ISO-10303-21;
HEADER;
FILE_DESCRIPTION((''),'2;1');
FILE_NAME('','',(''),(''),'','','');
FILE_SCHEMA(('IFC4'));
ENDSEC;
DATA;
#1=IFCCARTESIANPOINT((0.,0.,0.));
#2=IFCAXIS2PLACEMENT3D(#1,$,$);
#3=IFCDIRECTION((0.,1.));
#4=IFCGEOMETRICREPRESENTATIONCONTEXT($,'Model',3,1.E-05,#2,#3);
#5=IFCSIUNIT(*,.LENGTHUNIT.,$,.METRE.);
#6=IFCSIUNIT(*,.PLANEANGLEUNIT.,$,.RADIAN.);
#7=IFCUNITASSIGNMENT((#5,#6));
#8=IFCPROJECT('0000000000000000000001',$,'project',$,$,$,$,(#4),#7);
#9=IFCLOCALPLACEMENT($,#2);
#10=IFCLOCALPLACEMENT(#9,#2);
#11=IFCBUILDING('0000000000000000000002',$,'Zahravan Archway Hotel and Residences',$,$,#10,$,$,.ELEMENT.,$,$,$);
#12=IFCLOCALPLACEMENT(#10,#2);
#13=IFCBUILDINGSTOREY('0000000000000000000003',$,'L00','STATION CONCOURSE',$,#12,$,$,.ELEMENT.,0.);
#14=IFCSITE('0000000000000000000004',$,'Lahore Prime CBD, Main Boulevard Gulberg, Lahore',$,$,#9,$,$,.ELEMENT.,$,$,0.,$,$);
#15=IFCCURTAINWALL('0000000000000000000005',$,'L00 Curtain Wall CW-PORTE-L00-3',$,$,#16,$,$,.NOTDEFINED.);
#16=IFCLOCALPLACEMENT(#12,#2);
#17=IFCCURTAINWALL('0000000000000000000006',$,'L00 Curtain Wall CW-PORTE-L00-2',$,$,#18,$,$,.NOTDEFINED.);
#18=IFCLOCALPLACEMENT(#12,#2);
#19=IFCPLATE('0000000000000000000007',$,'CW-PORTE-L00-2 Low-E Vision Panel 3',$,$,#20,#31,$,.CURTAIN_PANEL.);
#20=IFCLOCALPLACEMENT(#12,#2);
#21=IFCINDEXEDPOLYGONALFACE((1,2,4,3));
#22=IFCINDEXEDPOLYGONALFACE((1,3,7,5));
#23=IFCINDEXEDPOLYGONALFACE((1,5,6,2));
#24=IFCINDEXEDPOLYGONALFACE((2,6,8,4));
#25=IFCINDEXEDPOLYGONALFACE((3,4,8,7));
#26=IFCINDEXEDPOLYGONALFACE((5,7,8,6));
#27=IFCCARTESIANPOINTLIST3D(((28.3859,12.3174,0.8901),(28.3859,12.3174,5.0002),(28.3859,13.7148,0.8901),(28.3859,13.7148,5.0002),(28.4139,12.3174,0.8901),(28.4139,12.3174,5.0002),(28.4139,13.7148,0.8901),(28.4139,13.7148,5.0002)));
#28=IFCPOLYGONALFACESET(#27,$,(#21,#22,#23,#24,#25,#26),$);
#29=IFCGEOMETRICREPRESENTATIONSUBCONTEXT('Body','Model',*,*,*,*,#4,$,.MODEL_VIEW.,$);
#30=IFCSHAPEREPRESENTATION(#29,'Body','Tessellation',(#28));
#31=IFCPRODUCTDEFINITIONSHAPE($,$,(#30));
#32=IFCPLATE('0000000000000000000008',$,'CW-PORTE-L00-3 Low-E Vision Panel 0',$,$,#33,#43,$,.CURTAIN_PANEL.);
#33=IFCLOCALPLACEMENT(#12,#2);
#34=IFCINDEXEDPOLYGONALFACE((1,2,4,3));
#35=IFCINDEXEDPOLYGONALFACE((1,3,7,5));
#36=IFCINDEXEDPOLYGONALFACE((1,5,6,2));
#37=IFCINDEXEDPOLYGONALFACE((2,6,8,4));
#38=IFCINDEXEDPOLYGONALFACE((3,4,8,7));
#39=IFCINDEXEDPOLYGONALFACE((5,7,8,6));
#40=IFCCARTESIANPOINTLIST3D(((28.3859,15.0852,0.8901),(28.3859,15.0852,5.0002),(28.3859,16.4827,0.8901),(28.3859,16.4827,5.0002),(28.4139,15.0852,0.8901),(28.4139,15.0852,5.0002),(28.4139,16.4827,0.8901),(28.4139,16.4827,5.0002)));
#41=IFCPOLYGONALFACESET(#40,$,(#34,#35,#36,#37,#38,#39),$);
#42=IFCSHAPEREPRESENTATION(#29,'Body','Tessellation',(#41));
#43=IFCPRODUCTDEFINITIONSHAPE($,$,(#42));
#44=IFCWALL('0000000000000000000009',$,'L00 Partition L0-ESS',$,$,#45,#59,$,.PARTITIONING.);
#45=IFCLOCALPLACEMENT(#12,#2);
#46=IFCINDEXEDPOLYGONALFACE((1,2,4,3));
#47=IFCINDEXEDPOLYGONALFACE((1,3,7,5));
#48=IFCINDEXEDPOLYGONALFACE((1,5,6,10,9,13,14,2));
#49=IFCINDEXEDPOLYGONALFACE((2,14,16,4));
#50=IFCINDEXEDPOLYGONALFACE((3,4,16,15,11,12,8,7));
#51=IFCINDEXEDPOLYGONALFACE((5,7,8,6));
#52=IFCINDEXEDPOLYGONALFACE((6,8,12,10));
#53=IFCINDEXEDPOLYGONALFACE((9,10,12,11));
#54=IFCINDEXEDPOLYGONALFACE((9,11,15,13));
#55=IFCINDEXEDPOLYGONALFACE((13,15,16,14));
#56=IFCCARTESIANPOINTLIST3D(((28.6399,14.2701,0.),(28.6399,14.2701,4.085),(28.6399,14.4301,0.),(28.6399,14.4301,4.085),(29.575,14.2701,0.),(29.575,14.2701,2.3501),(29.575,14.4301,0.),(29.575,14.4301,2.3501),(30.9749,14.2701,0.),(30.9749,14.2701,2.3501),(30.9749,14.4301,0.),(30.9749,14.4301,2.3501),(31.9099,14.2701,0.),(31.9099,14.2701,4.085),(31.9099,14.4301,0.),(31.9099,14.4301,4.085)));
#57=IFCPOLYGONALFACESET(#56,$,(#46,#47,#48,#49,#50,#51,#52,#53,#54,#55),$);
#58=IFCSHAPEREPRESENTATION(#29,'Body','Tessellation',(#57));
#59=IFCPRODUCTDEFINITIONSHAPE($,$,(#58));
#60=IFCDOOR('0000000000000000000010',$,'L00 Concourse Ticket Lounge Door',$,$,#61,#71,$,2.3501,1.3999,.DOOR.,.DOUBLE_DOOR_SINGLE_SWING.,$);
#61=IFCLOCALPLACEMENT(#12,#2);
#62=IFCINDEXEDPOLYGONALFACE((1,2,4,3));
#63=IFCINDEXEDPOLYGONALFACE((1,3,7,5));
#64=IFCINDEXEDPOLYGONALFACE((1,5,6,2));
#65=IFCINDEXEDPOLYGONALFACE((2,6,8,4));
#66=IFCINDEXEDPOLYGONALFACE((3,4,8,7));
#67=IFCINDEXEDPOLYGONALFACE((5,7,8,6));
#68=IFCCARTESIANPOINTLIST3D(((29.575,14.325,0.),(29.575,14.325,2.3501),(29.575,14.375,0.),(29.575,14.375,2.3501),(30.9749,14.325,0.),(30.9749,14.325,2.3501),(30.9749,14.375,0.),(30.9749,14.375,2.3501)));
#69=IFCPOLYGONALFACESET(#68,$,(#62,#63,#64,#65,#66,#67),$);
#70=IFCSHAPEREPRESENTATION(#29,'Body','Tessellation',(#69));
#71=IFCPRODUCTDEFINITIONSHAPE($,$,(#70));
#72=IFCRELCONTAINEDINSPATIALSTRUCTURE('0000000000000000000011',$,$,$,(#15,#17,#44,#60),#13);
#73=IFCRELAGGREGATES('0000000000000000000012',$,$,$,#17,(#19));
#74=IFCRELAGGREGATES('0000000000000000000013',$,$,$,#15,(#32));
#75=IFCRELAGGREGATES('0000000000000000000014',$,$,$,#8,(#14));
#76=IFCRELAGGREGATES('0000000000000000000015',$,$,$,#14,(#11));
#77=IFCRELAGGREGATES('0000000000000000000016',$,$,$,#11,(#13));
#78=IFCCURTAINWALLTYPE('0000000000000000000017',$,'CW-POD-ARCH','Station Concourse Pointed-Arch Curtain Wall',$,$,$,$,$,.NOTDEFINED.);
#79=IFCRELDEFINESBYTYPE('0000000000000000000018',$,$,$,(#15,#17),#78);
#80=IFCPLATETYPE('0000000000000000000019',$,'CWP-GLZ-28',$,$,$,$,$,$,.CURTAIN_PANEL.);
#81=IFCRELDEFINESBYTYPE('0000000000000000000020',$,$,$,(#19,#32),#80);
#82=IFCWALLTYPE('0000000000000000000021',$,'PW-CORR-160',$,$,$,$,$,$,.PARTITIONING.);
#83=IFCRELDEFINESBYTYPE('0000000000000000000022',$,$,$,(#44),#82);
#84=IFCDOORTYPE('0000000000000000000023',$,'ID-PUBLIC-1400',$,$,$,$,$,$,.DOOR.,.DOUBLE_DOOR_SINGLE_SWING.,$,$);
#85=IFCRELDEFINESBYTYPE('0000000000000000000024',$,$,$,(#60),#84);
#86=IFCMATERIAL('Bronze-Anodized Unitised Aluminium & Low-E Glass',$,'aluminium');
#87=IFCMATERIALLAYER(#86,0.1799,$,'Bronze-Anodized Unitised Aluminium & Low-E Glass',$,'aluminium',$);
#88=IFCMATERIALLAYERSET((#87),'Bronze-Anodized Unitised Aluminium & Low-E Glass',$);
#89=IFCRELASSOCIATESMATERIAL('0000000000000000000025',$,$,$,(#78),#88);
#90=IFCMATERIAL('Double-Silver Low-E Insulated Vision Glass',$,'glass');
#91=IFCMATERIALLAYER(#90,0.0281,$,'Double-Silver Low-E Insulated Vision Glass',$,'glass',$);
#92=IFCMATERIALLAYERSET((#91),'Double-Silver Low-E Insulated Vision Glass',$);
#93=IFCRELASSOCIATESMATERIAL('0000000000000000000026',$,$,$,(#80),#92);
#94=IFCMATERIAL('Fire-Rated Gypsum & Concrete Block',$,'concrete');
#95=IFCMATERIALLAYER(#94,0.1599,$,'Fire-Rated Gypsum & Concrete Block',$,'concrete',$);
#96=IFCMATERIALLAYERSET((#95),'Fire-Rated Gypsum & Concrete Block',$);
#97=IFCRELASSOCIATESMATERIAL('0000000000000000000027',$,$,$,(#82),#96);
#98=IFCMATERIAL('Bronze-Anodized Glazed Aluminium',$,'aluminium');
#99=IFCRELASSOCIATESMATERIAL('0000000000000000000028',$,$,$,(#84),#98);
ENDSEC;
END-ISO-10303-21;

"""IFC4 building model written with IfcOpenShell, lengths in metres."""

from ifc_helpers import new_model, si_unit, direction, frame, frame_2d, origin, origin_2d, place, context, subcontext, project, spatial, rectangle, extrude, source, transform, mapped, material, layer, layer_set, type_object, type_shapes, element, fill, aggregate, save


model = new_model("IFC4")

# Units and contexts
model_context = context("Model", 3, precision=1e-05, world=origin(), true_north=direction((0.0, 1.0)))
body_context = subcontext(model_context, "Body", "Model", "MODEL_VIEW")
ifc_project = project(units=[si_unit("LENGTHUNIT", "METRE"), si_unit("PLANEANGLEUNIT", "RADIAN")], contexts=[model_context])

# Site, building, storey
site_placement = place(None, origin())
site = spatial("IfcSite", under=ifc_project, at=site_placement, Name="Lahore Prime CBD, Main Boulevard Gulberg, Lahore", CompositionType="ELEMENT", RefElevation=0.0)
building_placement = place(site_placement, origin())
building = spatial("IfcBuilding", under=site, at=building_placement, Name="Zahravan Archway Hotel and Residences", CompositionType="ELEMENT")
storey_placement = place(building_placement, origin())
storey = spatial("IfcBuildingStorey", under=building, at=storey_placement, Name="L00", Description="STATION CONCOURSE", CompositionType="ELEMENT", Elevation=0.0)

# Curtain wall
ifc_material_1 = material(Name="Bronze-Anodized Unitised Aluminium & Low-E Glass", Category="aluminium")
ifc_layer_1 = layer(ifc_material_1, 0.1799, Name="Bronze-Anodized Unitised Aluminium & Low-E Glass", Category="aluminium")
ifc_layer_set_1 = layer_set([ifc_layer_1], Name="Bronze-Anodized Unitised Aluminium & Low-E Glass")
curtain_wall_type = type_object("IfcCurtainWallType", Name="CW-POD-ARCH", Description="Station Concourse Pointed-Arch Curtain Wall", PredefinedType="NOTDEFINED", material=ifc_layer_set_1)
curtain_wall_1_placement = place(storey_placement, origin())
curtain_wall_1 = element("IfcCurtainWall", 1, at=curtain_wall_1_placement, inside=storey, type_object=curtain_wall_type, Name="L00 Curtain Wall CW-PORTE-L00-3", PredefinedType="NOTDEFINED")

# Curtain wall
curtain_wall_2_placement = place(storey_placement, origin())
curtain_wall_2 = element("IfcCurtainWall", 2, at=curtain_wall_2_placement, inside=storey, type_object=curtain_wall_type, Name="L00 Curtain Wall CW-PORTE-L00-2", PredefinedType="NOTDEFINED")

# Plates
ifc_material_2 = material(Name="Double-Silver Low-E Insulated Vision Glass", Category="glass")
ifc_layer_2 = layer(ifc_material_2, 0.0281, Name="Double-Silver Low-E Insulated Vision Glass", Category="glass")
ifc_layer_set_2 = layer_set([ifc_layer_2], Name="Double-Silver Low-E Insulated Vision Glass")
plate_type_1 = type_object("IfcPlateType", Name="CWP-GLZ-28", PredefinedType="CURTAIN_PANEL", material=ifc_layer_set_2)
shared_shape_1 = source(origin(), body_context, "Body", "SweptSolid", [
    extrude(rectangle(XDim=1.3975, YDim=0.0281, at=origin_2d()), origin(), (0.0, 0.0, 1.0), 4.1101),
])
plate_1_placement = place(storey_placement, frame((28.3999, 13.0161, 0.8901), z_axis=(0.0, 0.0, 1.0), x_axis=(0.0, 1.0, 0.0)))
plate_1 = element("IfcPlate", 3, at=plate_1_placement, type_object=plate_type_1, Name="CW-PORTE-L00-2 Low-E Vision Panel 3", PredefinedType="CURTAIN_PANEL", context=body_context, shape_type="MappedRepresentation", body=[
    mapped(shared_shape_1, transform((0.0, 0.0, 0.0), scale=1.0)),
])
aggregate(curtain_wall_2, [plate_1])
plate_2_placement = place(storey_placement, frame((28.3999, 15.7839, 0.8901), z_axis=(0.0, 0.0, 1.0), x_axis=(0.0, 1.0, 0.0)))
plate_2 = element("IfcPlate", 4, at=plate_2_placement, type_object=plate_type_1, Name="CW-PORTE-L00-3 Low-E Vision Panel 0", PredefinedType="CURTAIN_PANEL", context=body_context, shape_type="MappedRepresentation", body=[
    mapped(shared_shape_1, transform((0.0, 0.0, 0.0), scale=1.0)),
])
aggregate(curtain_wall_1, [plate_2])

# Wall, opening, door
ifc_material_3 = material(Name="Fire-Rated Gypsum & Concrete Block", Category="concrete")
ifc_layer_3 = layer(ifc_material_3, 0.1599, Name="Fire-Rated Gypsum & Concrete Block", Category="concrete")
ifc_layer_set_3 = layer_set([ifc_layer_3], Name="Fire-Rated Gypsum & Concrete Block")
wall_type = type_object("IfcWallType", Name="PW-CORR-160", PredefinedType="PARTITIONING", material=ifc_layer_set_3)
wall_placement = place(storey_placement, frame((28.6399, 14.3501, 0.0), z_axis=(0.0, 0.0, 1.0), x_axis=(1.0, 0.0, 0.0)))
wall = element("IfcWall", 5, at=wall_placement, inside=storey, type_object=wall_type, Name="L00 Partition L0-ESS", PredefinedType="PARTITIONING", context=body_context, shape_type="SweptSolid", body=[
    extrude(rectangle(XDim=3.27, YDim=0.1599, at=frame_2d((1.635, 0.0))), origin(), (0.0, 0.0, 1.0), 4.085),
])
opening_placement = place(wall_placement, frame((0.9351, 0.0, 0.0)))
opening = element("IfcOpeningElement", 6, at=opening_placement, cuts=wall, PredefinedType="OPENING", context=body_context, shape_type="SweptSolid", body=[
    extrude(rectangle(XDim=1.3999, YDim=2.3501, at=frame_2d((0.7, 1.175))), frame((0.0, 0.0898, 0.0), z_axis=(0.0, -1.0, 0.0), x_axis=(1.0, 0.0, 0.0)), (0.0, 0.0, 1.0), 0.1799),
])
ifc_material_4 = material(Name="Bronze-Anodized Glazed Aluminium", Category="aluminium")
door_type = type_object("IfcDoorType", Name="ID-PUBLIC-1400", OperationType="DOUBLE_DOOR_SINGLE_SWING", PredefinedType="DOOR", material=ifc_material_4)
shared_shape_2 = source(origin(), body_context, "Body", "SweptSolid", [
    extrude(rectangle(XDim=1.3999, YDim=2.3501, at=frame_2d((0.7, 1.175))), frame((0.0, 0.0249, 0.0), z_axis=(0.0, -1.0, 0.0), x_axis=(1.0, 0.0, 0.0)), (0.0, 0.0, 1.0), 0.05),
])
type_shapes(door_type, [shared_shape_2])
door_placement = place(opening_placement, origin())
door = element("IfcDoor", 7, at=door_placement, inside=storey, type_object=door_type, Name="L00 Concourse Ticket Lounge Door", OperationType="DOUBLE_DOOR_SINGLE_SWING", OverallHeight=2.3501, OverallWidth=1.3999, PredefinedType="DOOR", context=body_context, shape_type="MappedRepresentation", body=[
    mapped(shared_shape_2, transform((0.0, 0.0, 0.0), scale=1.0)),
])
fill(opening, door)

save(model, "model.ifc")
